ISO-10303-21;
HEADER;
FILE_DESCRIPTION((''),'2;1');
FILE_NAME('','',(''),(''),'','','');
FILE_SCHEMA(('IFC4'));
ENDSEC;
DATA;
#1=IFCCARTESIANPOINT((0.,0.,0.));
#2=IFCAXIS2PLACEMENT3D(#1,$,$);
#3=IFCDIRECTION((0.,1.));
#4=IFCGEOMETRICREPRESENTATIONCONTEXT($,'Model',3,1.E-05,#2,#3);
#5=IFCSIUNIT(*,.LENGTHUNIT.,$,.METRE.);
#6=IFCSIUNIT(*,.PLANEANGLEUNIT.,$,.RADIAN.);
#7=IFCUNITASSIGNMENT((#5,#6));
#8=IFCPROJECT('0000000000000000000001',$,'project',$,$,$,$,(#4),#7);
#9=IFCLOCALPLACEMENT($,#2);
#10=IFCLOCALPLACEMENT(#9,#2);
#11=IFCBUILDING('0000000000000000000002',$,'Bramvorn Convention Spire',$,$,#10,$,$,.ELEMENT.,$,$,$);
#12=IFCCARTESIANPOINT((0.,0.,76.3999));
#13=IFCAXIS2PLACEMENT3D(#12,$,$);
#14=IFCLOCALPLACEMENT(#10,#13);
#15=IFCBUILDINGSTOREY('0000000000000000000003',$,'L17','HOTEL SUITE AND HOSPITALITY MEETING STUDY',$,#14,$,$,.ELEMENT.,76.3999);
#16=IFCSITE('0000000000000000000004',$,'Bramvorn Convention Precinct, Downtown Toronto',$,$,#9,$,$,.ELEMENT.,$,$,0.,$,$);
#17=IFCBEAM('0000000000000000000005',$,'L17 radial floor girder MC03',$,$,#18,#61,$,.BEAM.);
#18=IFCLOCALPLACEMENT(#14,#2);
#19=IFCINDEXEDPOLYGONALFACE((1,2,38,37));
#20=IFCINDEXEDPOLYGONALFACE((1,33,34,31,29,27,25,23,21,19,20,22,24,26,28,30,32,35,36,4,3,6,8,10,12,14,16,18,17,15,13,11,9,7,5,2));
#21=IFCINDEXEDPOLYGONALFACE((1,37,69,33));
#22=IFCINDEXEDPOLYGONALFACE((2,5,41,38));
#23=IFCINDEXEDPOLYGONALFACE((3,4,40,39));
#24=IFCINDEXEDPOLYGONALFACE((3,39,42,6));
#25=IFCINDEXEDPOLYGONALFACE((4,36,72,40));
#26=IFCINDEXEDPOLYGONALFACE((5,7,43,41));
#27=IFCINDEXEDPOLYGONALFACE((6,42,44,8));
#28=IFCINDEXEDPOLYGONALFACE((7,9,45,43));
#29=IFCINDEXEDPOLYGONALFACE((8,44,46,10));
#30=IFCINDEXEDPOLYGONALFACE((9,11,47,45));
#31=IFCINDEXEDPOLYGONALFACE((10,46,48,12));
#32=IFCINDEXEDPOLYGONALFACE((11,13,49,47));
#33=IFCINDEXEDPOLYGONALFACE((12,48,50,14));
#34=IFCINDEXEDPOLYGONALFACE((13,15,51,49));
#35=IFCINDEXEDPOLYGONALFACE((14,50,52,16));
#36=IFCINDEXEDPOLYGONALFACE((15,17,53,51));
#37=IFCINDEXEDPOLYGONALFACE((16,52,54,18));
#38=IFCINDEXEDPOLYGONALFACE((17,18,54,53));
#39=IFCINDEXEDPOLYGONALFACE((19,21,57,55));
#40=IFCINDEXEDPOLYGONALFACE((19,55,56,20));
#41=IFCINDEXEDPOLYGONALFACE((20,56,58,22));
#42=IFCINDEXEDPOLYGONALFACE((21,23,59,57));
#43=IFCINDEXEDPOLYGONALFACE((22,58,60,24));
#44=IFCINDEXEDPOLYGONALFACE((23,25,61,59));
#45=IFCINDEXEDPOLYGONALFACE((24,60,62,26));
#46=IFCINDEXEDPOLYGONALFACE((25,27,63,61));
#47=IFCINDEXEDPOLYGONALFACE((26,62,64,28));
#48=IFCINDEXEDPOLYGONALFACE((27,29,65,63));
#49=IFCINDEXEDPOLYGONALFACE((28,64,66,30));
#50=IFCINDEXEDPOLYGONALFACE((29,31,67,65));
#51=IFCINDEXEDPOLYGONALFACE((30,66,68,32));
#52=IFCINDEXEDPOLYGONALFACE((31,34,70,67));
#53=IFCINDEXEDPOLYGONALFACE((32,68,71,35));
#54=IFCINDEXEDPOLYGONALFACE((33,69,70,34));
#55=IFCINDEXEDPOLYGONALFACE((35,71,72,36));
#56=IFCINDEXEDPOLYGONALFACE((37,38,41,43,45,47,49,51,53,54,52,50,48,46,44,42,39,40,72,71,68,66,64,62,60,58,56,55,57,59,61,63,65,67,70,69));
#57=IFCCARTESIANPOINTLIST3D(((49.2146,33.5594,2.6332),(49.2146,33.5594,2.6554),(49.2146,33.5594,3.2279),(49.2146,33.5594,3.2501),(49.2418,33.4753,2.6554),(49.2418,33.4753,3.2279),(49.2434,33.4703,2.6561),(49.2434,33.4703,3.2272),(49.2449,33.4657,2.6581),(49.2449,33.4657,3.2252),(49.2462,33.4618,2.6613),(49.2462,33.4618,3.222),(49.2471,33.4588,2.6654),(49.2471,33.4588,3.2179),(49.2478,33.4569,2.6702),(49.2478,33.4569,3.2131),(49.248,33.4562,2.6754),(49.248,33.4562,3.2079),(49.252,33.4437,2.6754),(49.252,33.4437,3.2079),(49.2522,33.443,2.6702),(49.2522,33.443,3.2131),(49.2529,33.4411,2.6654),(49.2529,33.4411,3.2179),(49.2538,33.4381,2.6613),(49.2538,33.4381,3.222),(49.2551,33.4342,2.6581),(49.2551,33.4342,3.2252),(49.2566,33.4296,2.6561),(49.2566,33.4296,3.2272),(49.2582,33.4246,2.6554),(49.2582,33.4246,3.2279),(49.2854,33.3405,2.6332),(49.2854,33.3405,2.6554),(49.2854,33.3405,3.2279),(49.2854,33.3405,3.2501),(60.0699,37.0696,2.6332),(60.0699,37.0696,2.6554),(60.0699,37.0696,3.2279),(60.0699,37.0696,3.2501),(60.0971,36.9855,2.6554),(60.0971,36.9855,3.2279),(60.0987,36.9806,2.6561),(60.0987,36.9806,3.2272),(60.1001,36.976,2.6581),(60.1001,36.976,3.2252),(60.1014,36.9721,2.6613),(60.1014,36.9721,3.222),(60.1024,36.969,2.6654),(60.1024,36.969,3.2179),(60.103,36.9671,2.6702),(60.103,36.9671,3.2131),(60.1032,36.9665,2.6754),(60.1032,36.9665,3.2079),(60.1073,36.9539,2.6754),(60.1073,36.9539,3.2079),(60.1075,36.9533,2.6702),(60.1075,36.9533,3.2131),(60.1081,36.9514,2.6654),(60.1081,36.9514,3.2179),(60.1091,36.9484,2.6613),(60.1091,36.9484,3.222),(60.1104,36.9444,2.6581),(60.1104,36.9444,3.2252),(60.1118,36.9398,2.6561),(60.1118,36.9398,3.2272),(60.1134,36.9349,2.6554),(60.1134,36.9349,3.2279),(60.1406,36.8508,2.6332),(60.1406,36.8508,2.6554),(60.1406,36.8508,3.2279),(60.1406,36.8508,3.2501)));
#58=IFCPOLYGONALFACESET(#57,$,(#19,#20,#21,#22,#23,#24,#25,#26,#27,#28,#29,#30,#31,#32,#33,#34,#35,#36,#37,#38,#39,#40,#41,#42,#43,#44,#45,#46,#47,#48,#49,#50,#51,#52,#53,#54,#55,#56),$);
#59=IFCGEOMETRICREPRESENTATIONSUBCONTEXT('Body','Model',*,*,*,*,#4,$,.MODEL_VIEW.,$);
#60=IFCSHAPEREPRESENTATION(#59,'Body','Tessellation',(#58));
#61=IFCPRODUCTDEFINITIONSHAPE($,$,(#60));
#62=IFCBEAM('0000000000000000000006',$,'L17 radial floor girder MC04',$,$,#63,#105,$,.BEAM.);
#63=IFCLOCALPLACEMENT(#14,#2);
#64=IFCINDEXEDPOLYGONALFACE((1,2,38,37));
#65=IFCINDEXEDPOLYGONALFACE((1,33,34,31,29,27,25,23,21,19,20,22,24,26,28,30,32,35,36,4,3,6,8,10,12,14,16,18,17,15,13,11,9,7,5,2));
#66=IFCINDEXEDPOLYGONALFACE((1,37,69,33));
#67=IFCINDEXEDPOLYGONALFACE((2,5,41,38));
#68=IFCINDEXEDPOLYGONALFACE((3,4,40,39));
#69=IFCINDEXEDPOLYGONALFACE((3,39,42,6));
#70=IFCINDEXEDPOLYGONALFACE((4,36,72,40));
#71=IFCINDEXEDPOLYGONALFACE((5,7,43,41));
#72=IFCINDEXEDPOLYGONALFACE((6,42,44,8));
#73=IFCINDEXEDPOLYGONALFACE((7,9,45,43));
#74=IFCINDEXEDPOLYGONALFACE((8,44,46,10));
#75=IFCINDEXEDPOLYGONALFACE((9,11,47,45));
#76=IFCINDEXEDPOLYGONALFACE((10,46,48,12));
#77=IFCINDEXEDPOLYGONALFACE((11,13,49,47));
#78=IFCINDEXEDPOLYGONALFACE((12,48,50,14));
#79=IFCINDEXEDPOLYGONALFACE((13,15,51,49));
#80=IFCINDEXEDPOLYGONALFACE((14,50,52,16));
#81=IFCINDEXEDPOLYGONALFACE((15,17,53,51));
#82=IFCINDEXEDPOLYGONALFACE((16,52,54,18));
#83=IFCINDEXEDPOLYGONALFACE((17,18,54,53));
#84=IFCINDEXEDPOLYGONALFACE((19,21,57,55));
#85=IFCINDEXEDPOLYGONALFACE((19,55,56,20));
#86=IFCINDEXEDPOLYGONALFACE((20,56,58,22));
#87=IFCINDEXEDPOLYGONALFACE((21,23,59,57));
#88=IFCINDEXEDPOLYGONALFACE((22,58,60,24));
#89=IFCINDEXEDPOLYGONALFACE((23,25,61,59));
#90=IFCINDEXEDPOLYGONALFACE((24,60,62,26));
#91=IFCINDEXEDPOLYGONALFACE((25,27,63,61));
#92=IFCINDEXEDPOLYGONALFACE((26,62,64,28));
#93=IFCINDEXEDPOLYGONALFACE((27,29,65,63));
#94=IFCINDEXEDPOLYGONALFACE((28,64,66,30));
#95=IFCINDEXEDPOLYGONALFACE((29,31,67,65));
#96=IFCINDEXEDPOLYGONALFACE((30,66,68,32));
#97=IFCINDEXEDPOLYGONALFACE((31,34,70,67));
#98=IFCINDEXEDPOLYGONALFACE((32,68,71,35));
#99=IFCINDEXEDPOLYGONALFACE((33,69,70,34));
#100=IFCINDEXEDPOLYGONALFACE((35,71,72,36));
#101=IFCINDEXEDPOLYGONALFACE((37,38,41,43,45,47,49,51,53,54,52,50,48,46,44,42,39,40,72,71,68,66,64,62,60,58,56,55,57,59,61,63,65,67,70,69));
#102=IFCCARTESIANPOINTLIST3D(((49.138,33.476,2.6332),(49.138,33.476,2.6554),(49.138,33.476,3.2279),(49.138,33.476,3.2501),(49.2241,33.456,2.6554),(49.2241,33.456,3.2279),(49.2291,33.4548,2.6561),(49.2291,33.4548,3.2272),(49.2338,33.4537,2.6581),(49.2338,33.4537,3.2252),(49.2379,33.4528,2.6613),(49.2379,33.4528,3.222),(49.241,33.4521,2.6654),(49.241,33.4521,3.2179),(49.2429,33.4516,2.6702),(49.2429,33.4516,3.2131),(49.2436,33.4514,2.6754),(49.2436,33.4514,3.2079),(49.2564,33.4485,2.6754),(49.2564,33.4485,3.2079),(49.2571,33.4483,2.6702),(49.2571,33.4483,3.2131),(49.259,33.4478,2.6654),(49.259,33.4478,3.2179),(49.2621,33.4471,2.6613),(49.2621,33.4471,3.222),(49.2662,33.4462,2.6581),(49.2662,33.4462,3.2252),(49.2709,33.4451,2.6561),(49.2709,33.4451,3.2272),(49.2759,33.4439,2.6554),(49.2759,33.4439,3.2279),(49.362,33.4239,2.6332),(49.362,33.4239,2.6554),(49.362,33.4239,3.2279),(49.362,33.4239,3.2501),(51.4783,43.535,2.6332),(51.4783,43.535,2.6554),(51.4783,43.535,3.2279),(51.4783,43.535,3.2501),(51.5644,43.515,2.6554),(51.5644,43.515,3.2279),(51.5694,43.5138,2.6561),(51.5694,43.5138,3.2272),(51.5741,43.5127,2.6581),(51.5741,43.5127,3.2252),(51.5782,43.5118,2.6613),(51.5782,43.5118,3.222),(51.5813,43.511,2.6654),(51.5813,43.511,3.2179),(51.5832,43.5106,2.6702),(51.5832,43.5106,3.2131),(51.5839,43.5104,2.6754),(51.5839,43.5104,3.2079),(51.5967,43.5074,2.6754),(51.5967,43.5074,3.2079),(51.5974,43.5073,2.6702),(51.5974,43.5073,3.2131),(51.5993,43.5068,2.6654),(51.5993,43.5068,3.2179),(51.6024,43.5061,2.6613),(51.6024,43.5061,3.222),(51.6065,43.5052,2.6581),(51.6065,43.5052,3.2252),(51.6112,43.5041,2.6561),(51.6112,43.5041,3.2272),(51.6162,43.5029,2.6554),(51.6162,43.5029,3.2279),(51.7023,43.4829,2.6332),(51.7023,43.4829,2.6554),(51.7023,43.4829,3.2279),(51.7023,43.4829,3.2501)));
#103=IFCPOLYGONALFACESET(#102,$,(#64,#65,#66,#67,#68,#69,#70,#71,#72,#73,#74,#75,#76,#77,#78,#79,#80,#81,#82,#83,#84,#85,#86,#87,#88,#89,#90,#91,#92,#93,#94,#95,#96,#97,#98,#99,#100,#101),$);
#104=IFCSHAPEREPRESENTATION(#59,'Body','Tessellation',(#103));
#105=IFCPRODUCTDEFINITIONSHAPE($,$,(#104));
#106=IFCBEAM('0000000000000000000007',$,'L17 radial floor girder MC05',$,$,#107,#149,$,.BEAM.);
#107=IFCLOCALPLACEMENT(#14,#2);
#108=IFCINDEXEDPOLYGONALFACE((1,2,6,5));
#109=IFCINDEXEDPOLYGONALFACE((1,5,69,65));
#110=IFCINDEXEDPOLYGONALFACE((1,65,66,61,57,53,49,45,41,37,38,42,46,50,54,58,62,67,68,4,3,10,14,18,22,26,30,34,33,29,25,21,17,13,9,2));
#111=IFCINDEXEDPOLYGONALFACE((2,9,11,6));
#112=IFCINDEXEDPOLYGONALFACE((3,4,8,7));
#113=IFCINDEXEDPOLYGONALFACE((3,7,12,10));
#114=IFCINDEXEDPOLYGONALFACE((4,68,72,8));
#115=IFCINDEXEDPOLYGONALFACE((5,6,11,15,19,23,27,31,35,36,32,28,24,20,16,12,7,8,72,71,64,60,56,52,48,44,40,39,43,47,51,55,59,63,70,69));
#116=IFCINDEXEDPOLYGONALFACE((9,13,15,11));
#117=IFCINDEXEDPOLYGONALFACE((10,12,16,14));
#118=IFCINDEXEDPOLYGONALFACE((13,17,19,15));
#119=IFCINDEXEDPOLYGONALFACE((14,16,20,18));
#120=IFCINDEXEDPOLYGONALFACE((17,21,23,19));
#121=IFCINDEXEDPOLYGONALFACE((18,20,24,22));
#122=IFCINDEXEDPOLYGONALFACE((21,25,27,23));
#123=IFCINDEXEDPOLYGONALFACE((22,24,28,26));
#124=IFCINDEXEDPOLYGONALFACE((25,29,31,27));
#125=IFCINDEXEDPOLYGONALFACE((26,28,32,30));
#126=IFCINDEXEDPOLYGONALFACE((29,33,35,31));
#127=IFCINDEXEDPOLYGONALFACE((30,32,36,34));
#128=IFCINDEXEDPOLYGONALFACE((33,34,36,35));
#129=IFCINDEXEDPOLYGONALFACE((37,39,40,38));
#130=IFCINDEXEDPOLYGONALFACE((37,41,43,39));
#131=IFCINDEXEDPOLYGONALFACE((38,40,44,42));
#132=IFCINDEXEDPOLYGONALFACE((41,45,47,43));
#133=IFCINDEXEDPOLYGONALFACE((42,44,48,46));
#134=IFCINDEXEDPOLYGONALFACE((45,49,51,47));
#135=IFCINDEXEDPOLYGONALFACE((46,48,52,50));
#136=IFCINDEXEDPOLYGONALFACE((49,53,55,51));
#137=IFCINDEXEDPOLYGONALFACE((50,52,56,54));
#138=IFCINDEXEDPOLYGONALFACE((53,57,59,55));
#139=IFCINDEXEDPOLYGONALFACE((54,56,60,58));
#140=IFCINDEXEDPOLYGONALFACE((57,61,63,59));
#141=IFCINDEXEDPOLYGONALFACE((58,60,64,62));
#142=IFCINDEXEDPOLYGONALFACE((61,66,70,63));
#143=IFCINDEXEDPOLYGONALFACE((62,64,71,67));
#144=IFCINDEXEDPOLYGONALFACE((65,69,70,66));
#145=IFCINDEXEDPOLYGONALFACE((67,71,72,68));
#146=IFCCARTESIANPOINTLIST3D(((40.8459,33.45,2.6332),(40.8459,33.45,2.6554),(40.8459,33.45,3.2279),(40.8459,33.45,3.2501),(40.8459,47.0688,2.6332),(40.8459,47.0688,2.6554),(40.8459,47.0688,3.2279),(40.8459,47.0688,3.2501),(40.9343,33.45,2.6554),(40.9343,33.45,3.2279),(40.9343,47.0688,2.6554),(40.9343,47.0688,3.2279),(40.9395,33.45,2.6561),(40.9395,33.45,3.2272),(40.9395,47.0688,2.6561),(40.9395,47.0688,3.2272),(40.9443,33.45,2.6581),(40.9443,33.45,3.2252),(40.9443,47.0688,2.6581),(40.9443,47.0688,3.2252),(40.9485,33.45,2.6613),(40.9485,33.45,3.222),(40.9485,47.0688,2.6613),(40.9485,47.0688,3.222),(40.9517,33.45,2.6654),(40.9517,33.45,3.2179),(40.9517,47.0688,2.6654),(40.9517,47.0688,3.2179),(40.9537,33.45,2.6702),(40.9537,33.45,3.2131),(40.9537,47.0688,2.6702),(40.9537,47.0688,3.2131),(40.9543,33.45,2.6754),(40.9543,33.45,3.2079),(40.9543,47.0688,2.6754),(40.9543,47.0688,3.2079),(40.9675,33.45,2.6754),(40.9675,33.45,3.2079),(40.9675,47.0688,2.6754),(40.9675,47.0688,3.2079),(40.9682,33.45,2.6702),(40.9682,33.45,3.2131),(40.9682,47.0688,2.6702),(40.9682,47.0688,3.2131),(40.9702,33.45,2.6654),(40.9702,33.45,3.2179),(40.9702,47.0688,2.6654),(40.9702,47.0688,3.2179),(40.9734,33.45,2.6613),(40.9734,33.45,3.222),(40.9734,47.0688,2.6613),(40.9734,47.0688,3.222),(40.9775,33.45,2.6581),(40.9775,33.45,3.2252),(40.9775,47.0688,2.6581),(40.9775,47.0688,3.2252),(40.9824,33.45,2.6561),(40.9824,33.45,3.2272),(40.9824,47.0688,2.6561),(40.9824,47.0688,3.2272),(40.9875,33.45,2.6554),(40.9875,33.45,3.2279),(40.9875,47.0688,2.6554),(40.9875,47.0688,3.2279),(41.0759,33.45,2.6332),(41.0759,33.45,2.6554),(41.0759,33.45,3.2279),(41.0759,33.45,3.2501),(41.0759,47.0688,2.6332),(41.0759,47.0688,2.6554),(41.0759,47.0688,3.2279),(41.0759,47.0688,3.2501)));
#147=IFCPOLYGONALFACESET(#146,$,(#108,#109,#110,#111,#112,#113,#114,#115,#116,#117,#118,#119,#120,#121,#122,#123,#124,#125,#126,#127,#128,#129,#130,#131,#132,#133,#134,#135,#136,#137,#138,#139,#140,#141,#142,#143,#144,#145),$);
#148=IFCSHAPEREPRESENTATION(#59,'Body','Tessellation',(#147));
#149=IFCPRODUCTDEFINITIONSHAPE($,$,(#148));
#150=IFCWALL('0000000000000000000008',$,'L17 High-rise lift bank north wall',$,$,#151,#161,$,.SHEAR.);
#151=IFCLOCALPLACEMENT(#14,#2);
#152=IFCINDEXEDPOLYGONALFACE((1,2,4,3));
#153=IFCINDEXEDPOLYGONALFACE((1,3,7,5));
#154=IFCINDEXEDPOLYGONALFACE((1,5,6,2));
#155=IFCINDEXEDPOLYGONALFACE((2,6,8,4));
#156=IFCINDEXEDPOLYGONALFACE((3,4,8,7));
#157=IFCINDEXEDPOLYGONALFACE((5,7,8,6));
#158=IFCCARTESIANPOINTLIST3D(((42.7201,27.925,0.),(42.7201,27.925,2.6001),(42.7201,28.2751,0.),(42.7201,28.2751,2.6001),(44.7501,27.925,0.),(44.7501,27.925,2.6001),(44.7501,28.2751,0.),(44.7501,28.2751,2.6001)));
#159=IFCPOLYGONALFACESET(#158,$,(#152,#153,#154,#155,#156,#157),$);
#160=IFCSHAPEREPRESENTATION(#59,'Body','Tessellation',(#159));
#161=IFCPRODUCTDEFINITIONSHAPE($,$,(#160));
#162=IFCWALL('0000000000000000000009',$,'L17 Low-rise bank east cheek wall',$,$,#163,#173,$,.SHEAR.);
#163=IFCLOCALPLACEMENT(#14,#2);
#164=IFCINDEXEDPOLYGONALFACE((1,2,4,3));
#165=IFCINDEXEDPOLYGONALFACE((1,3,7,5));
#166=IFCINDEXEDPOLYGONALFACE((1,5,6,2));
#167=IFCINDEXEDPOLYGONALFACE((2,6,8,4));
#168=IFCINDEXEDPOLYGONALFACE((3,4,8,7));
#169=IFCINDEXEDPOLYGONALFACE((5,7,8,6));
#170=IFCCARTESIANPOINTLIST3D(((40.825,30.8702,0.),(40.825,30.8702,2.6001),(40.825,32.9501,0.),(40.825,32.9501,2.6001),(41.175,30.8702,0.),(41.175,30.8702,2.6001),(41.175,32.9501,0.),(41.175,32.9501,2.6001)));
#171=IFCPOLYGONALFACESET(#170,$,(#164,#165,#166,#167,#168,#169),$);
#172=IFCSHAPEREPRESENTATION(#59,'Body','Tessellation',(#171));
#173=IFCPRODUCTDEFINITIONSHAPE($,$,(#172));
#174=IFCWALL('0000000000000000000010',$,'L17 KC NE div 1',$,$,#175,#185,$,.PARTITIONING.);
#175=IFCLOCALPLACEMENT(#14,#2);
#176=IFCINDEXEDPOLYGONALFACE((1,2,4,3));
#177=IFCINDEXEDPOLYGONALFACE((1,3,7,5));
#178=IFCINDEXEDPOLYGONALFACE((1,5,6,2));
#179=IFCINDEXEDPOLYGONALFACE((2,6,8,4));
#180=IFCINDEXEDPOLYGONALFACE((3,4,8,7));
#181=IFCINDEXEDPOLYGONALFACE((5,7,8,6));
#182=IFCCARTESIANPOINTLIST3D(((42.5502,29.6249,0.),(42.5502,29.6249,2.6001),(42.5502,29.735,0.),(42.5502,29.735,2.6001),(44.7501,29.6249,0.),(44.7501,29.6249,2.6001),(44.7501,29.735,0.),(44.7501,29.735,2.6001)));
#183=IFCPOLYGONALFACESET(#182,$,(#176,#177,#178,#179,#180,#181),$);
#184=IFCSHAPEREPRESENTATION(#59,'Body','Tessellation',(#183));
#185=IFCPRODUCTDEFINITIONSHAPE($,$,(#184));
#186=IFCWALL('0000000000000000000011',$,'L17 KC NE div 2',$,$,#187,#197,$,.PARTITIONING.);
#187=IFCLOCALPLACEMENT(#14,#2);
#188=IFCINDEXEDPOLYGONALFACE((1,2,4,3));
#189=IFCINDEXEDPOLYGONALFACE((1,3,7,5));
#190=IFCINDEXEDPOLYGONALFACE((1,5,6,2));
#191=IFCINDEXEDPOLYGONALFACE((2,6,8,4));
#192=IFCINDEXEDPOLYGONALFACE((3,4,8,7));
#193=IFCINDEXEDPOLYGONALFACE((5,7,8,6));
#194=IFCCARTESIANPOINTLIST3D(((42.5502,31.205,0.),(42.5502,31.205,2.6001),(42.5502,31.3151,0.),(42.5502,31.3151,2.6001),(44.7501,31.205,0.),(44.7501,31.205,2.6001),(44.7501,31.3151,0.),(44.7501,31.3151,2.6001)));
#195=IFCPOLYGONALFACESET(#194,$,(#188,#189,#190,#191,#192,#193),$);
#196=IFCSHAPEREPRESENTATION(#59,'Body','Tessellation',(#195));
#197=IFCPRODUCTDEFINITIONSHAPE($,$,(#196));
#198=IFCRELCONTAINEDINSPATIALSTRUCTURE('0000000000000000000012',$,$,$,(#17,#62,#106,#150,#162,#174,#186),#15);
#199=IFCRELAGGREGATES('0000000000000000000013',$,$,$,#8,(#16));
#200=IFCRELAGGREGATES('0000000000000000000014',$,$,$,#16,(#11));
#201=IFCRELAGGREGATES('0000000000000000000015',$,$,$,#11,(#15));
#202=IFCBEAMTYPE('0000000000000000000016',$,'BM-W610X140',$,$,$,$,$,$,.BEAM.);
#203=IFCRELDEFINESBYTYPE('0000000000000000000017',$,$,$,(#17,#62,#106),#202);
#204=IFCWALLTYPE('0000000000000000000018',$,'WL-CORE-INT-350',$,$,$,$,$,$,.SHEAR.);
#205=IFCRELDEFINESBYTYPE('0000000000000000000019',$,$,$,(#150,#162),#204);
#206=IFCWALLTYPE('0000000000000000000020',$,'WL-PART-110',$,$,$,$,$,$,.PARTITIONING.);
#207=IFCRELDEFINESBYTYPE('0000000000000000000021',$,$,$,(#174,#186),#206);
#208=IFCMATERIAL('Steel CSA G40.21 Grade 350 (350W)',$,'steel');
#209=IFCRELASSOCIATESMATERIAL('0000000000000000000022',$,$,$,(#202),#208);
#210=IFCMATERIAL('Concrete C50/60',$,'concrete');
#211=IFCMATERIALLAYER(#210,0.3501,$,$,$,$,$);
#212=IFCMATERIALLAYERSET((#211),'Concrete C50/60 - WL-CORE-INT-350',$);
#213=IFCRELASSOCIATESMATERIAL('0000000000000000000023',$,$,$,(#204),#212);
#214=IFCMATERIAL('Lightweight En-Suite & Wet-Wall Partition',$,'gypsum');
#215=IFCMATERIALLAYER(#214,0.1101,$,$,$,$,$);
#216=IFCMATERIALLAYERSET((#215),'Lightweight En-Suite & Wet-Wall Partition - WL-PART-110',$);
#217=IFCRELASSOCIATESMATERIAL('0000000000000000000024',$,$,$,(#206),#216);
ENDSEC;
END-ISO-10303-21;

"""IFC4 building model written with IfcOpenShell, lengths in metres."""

from ifc_helpers import new_model, si_unit, direction, frame, frame_2d, origin, origin_2d, place, context, subcontext, project, spatial, rectangle, i_section, extrude, material, layer, layer_set, material_profile, profile_set, type_object, element, save


model = new_model("IFC4")

# Units and contexts
model_context = context("Model", 3, precision=1e-05, world=origin(), true_north=direction((0.0, 1.0)))
body_context = subcontext(model_context, "Body", "Model", "MODEL_VIEW")
ifc_project = project(units=[si_unit("LENGTHUNIT", "METRE"), si_unit("PLANEANGLEUNIT", "RADIAN")], contexts=[model_context])

# Site, building, storey
site_placement = place(None, origin())
site = spatial("IfcSite", under=ifc_project, at=site_placement, Name="Bramvorn Convention Precinct, Downtown Toronto", CompositionType="ELEMENT", RefElevation=0.0)
building_placement = place(site_placement, origin())
building = spatial("IfcBuilding", under=site, at=building_placement, Name="Bramvorn Convention Spire", CompositionType="ELEMENT")
storey_placement = place(building_placement, frame((0.0, 0.0, 76.3999)))
storey = spatial("IfcBuildingStorey", under=building, at=storey_placement, Name="L17", Description="HOTEL SUITE AND HOSPITALITY MEETING STUDY", CompositionType="ELEMENT", Elevation=76.3999)

# Beams
ifc_material_1 = material(Name="Steel CSA G40.21 Grade 350 (350W)", Category="steel")
ifc_material_profile_1 = material_profile(ifc_material_1, i_section(OverallWidth=0.23, OverallDepth=0.6169, WebThickness=0.0132, FlangeThickness=0.0222, FilletRadius=0.02, at=origin_2d()))
ifc_profile_set_1 = profile_set([ifc_material_profile_1], Name="Steel CSA G40.21 Grade 350 (350W) - W610X140")
beam_type_1 = type_object("IfcBeamType", Name="BM-W610X140", PredefinedType="BEAM", material=ifc_profile_set_1)
beam_1_placement = place(storey_placement, frame((49.25, 33.45, 2.9417), z_axis=(0.951489, 0.307683, 0.0), x_axis=(-0.307683, 0.951489, 0.0)))
element("IfcBeam", 1, at=beam_1_placement, inside=storey, type_object=beam_type_1, Name="L17 radial floor girder MC03", PredefinedType="BEAM", context=body_context, shape_type="SweptSolid", body=[
    extrude(i_section(OverallWidth=0.23, OverallDepth=0.6169, WebThickness=0.0132, FlangeThickness=0.0222, FilletRadius=0.02, at=origin_2d()), origin(), (0.0, 0.0, 1.0), 11.4087),
])
beam_2_placement = place(storey_placement, frame((49.25, 33.45, 2.9417), z_axis=(0.226606, 0.973986, 0.0), x_axis=(-0.973986, 0.226606, 0.0)))
element("IfcBeam", 2, at=beam_2_placement, inside=storey, type_object=beam_type_1, Name="L17 radial floor girder MC04", PredefinedType="BEAM", context=body_context, shape_type="SweptSolid", body=[
    extrude(i_section(OverallWidth=0.23, OverallDepth=0.6169, WebThickness=0.0132, FlangeThickness=0.0222, FilletRadius=0.02, at=origin_2d()), origin(), (0.0, 0.0, 1.0), 10.3276),
])
beam_3_placement = place(storey_placement, frame((40.9609, 33.45, 2.9417), z_axis=(0.0, 1.0, 0.0), x_axis=(-1.0, 0.0, 0.0)))
element("IfcBeam", 3, at=beam_3_placement, inside=storey, type_object=beam_type_1, Name="L17 radial floor girder MC05", PredefinedType="BEAM", context=body_context, shape_type="SweptSolid", body=[
    extrude(i_section(OverallWidth=0.23, OverallDepth=0.6169, WebThickness=0.0132, FlangeThickness=0.0222, FilletRadius=0.02, at=origin_2d()), origin(), (0.0, 0.0, 1.0), 13.6189),
])

# Shared definitions
ifc_material_2 = material(Name="Concrete C50/60", Category="concrete")
ifc_layer_1 = layer(ifc_material_2, 0.3501)
ifc_layer_set_1 = layer_set([ifc_layer_1], Name="Concrete C50/60 - WL-CORE-INT-350")
wall_type_1 = type_object("IfcWallType", Name="WL-CORE-INT-350", PredefinedType="SHEAR", material=ifc_layer_set_1)

# Walls
wall_1_placement = place(storey_placement, frame((42.72, 28.1001, 0.0), z_axis=(0.0, 0.0, 1.0), x_axis=(1.0, 0.0, 0.0)))
element("IfcWall", 4, at=wall_1_placement, inside=storey, type_object=wall_type_1, Name="L17 High-rise lift bank north wall", PredefinedType="SHEAR", context=body_context, shape_type="SweptSolid", body=[
    extrude(rectangle(XDim=2.03, YDim=0.3501, at=frame_2d((1.0151, 0.0))), origin(), (0.0, 0.0, 1.0), 2.6001),
])
wall_2_placement = place(storey_placement, frame((41.0, 30.8701, 0.0), z_axis=(0.0, 0.0, 1.0), x_axis=(0.0, 1.0, 0.0)))
element("IfcWall", 5, at=wall_2_placement, inside=storey, type_object=wall_type_1, Name="L17 Low-rise bank east cheek wall", PredefinedType="SHEAR", context=body_context, shape_type="SweptSolid", body=[
    extrude(rectangle(XDim=2.0798, YDim=0.3501, at=frame_2d((1.04, 0.0))), origin(), (0.0, 0.0, 1.0), 2.6001),
])
ifc_material_3 = material(Name="Lightweight En-Suite & Wet-Wall Partition", Category="gypsum")
ifc_layer_2 = layer(ifc_material_3, 0.1101)
ifc_layer_set_2 = layer_set([ifc_layer_2], Name="Lightweight En-Suite & Wet-Wall Partition - WL-PART-110")
wall_type_2 = type_object("IfcWallType", Name="WL-PART-110", PredefinedType="PARTITIONING", material=ifc_layer_set_2)
for number, where, z_axis, x_axis, name in (
    (6, (42.55, 29.6799, 0.0), (0.0, 0.0, 1.0), (1.0, 0.0, 0.0), "L17 KC NE div 1"),
    (7, (42.55, 31.26, 0.0), (0.0, 0.0, 1.0), (1.0, 0.0, 0.0), "L17 KC NE div 2"),
):
    element("IfcWall", number, at=place(storey_placement, frame(where, z_axis=z_axis, x_axis=x_axis)), inside=storey, type_object=wall_type_2, Name=name, PredefinedType="PARTITIONING", context=body_context, shape_type="SweptSolid", body=[
        extrude(rectangle(XDim=2.2, YDim=0.1101, at=frame_2d((1.1001, 0.0))), origin(), (0.0, 0.0, 1.0), 2.6001),
    ])

save(model, "model.ifc")
